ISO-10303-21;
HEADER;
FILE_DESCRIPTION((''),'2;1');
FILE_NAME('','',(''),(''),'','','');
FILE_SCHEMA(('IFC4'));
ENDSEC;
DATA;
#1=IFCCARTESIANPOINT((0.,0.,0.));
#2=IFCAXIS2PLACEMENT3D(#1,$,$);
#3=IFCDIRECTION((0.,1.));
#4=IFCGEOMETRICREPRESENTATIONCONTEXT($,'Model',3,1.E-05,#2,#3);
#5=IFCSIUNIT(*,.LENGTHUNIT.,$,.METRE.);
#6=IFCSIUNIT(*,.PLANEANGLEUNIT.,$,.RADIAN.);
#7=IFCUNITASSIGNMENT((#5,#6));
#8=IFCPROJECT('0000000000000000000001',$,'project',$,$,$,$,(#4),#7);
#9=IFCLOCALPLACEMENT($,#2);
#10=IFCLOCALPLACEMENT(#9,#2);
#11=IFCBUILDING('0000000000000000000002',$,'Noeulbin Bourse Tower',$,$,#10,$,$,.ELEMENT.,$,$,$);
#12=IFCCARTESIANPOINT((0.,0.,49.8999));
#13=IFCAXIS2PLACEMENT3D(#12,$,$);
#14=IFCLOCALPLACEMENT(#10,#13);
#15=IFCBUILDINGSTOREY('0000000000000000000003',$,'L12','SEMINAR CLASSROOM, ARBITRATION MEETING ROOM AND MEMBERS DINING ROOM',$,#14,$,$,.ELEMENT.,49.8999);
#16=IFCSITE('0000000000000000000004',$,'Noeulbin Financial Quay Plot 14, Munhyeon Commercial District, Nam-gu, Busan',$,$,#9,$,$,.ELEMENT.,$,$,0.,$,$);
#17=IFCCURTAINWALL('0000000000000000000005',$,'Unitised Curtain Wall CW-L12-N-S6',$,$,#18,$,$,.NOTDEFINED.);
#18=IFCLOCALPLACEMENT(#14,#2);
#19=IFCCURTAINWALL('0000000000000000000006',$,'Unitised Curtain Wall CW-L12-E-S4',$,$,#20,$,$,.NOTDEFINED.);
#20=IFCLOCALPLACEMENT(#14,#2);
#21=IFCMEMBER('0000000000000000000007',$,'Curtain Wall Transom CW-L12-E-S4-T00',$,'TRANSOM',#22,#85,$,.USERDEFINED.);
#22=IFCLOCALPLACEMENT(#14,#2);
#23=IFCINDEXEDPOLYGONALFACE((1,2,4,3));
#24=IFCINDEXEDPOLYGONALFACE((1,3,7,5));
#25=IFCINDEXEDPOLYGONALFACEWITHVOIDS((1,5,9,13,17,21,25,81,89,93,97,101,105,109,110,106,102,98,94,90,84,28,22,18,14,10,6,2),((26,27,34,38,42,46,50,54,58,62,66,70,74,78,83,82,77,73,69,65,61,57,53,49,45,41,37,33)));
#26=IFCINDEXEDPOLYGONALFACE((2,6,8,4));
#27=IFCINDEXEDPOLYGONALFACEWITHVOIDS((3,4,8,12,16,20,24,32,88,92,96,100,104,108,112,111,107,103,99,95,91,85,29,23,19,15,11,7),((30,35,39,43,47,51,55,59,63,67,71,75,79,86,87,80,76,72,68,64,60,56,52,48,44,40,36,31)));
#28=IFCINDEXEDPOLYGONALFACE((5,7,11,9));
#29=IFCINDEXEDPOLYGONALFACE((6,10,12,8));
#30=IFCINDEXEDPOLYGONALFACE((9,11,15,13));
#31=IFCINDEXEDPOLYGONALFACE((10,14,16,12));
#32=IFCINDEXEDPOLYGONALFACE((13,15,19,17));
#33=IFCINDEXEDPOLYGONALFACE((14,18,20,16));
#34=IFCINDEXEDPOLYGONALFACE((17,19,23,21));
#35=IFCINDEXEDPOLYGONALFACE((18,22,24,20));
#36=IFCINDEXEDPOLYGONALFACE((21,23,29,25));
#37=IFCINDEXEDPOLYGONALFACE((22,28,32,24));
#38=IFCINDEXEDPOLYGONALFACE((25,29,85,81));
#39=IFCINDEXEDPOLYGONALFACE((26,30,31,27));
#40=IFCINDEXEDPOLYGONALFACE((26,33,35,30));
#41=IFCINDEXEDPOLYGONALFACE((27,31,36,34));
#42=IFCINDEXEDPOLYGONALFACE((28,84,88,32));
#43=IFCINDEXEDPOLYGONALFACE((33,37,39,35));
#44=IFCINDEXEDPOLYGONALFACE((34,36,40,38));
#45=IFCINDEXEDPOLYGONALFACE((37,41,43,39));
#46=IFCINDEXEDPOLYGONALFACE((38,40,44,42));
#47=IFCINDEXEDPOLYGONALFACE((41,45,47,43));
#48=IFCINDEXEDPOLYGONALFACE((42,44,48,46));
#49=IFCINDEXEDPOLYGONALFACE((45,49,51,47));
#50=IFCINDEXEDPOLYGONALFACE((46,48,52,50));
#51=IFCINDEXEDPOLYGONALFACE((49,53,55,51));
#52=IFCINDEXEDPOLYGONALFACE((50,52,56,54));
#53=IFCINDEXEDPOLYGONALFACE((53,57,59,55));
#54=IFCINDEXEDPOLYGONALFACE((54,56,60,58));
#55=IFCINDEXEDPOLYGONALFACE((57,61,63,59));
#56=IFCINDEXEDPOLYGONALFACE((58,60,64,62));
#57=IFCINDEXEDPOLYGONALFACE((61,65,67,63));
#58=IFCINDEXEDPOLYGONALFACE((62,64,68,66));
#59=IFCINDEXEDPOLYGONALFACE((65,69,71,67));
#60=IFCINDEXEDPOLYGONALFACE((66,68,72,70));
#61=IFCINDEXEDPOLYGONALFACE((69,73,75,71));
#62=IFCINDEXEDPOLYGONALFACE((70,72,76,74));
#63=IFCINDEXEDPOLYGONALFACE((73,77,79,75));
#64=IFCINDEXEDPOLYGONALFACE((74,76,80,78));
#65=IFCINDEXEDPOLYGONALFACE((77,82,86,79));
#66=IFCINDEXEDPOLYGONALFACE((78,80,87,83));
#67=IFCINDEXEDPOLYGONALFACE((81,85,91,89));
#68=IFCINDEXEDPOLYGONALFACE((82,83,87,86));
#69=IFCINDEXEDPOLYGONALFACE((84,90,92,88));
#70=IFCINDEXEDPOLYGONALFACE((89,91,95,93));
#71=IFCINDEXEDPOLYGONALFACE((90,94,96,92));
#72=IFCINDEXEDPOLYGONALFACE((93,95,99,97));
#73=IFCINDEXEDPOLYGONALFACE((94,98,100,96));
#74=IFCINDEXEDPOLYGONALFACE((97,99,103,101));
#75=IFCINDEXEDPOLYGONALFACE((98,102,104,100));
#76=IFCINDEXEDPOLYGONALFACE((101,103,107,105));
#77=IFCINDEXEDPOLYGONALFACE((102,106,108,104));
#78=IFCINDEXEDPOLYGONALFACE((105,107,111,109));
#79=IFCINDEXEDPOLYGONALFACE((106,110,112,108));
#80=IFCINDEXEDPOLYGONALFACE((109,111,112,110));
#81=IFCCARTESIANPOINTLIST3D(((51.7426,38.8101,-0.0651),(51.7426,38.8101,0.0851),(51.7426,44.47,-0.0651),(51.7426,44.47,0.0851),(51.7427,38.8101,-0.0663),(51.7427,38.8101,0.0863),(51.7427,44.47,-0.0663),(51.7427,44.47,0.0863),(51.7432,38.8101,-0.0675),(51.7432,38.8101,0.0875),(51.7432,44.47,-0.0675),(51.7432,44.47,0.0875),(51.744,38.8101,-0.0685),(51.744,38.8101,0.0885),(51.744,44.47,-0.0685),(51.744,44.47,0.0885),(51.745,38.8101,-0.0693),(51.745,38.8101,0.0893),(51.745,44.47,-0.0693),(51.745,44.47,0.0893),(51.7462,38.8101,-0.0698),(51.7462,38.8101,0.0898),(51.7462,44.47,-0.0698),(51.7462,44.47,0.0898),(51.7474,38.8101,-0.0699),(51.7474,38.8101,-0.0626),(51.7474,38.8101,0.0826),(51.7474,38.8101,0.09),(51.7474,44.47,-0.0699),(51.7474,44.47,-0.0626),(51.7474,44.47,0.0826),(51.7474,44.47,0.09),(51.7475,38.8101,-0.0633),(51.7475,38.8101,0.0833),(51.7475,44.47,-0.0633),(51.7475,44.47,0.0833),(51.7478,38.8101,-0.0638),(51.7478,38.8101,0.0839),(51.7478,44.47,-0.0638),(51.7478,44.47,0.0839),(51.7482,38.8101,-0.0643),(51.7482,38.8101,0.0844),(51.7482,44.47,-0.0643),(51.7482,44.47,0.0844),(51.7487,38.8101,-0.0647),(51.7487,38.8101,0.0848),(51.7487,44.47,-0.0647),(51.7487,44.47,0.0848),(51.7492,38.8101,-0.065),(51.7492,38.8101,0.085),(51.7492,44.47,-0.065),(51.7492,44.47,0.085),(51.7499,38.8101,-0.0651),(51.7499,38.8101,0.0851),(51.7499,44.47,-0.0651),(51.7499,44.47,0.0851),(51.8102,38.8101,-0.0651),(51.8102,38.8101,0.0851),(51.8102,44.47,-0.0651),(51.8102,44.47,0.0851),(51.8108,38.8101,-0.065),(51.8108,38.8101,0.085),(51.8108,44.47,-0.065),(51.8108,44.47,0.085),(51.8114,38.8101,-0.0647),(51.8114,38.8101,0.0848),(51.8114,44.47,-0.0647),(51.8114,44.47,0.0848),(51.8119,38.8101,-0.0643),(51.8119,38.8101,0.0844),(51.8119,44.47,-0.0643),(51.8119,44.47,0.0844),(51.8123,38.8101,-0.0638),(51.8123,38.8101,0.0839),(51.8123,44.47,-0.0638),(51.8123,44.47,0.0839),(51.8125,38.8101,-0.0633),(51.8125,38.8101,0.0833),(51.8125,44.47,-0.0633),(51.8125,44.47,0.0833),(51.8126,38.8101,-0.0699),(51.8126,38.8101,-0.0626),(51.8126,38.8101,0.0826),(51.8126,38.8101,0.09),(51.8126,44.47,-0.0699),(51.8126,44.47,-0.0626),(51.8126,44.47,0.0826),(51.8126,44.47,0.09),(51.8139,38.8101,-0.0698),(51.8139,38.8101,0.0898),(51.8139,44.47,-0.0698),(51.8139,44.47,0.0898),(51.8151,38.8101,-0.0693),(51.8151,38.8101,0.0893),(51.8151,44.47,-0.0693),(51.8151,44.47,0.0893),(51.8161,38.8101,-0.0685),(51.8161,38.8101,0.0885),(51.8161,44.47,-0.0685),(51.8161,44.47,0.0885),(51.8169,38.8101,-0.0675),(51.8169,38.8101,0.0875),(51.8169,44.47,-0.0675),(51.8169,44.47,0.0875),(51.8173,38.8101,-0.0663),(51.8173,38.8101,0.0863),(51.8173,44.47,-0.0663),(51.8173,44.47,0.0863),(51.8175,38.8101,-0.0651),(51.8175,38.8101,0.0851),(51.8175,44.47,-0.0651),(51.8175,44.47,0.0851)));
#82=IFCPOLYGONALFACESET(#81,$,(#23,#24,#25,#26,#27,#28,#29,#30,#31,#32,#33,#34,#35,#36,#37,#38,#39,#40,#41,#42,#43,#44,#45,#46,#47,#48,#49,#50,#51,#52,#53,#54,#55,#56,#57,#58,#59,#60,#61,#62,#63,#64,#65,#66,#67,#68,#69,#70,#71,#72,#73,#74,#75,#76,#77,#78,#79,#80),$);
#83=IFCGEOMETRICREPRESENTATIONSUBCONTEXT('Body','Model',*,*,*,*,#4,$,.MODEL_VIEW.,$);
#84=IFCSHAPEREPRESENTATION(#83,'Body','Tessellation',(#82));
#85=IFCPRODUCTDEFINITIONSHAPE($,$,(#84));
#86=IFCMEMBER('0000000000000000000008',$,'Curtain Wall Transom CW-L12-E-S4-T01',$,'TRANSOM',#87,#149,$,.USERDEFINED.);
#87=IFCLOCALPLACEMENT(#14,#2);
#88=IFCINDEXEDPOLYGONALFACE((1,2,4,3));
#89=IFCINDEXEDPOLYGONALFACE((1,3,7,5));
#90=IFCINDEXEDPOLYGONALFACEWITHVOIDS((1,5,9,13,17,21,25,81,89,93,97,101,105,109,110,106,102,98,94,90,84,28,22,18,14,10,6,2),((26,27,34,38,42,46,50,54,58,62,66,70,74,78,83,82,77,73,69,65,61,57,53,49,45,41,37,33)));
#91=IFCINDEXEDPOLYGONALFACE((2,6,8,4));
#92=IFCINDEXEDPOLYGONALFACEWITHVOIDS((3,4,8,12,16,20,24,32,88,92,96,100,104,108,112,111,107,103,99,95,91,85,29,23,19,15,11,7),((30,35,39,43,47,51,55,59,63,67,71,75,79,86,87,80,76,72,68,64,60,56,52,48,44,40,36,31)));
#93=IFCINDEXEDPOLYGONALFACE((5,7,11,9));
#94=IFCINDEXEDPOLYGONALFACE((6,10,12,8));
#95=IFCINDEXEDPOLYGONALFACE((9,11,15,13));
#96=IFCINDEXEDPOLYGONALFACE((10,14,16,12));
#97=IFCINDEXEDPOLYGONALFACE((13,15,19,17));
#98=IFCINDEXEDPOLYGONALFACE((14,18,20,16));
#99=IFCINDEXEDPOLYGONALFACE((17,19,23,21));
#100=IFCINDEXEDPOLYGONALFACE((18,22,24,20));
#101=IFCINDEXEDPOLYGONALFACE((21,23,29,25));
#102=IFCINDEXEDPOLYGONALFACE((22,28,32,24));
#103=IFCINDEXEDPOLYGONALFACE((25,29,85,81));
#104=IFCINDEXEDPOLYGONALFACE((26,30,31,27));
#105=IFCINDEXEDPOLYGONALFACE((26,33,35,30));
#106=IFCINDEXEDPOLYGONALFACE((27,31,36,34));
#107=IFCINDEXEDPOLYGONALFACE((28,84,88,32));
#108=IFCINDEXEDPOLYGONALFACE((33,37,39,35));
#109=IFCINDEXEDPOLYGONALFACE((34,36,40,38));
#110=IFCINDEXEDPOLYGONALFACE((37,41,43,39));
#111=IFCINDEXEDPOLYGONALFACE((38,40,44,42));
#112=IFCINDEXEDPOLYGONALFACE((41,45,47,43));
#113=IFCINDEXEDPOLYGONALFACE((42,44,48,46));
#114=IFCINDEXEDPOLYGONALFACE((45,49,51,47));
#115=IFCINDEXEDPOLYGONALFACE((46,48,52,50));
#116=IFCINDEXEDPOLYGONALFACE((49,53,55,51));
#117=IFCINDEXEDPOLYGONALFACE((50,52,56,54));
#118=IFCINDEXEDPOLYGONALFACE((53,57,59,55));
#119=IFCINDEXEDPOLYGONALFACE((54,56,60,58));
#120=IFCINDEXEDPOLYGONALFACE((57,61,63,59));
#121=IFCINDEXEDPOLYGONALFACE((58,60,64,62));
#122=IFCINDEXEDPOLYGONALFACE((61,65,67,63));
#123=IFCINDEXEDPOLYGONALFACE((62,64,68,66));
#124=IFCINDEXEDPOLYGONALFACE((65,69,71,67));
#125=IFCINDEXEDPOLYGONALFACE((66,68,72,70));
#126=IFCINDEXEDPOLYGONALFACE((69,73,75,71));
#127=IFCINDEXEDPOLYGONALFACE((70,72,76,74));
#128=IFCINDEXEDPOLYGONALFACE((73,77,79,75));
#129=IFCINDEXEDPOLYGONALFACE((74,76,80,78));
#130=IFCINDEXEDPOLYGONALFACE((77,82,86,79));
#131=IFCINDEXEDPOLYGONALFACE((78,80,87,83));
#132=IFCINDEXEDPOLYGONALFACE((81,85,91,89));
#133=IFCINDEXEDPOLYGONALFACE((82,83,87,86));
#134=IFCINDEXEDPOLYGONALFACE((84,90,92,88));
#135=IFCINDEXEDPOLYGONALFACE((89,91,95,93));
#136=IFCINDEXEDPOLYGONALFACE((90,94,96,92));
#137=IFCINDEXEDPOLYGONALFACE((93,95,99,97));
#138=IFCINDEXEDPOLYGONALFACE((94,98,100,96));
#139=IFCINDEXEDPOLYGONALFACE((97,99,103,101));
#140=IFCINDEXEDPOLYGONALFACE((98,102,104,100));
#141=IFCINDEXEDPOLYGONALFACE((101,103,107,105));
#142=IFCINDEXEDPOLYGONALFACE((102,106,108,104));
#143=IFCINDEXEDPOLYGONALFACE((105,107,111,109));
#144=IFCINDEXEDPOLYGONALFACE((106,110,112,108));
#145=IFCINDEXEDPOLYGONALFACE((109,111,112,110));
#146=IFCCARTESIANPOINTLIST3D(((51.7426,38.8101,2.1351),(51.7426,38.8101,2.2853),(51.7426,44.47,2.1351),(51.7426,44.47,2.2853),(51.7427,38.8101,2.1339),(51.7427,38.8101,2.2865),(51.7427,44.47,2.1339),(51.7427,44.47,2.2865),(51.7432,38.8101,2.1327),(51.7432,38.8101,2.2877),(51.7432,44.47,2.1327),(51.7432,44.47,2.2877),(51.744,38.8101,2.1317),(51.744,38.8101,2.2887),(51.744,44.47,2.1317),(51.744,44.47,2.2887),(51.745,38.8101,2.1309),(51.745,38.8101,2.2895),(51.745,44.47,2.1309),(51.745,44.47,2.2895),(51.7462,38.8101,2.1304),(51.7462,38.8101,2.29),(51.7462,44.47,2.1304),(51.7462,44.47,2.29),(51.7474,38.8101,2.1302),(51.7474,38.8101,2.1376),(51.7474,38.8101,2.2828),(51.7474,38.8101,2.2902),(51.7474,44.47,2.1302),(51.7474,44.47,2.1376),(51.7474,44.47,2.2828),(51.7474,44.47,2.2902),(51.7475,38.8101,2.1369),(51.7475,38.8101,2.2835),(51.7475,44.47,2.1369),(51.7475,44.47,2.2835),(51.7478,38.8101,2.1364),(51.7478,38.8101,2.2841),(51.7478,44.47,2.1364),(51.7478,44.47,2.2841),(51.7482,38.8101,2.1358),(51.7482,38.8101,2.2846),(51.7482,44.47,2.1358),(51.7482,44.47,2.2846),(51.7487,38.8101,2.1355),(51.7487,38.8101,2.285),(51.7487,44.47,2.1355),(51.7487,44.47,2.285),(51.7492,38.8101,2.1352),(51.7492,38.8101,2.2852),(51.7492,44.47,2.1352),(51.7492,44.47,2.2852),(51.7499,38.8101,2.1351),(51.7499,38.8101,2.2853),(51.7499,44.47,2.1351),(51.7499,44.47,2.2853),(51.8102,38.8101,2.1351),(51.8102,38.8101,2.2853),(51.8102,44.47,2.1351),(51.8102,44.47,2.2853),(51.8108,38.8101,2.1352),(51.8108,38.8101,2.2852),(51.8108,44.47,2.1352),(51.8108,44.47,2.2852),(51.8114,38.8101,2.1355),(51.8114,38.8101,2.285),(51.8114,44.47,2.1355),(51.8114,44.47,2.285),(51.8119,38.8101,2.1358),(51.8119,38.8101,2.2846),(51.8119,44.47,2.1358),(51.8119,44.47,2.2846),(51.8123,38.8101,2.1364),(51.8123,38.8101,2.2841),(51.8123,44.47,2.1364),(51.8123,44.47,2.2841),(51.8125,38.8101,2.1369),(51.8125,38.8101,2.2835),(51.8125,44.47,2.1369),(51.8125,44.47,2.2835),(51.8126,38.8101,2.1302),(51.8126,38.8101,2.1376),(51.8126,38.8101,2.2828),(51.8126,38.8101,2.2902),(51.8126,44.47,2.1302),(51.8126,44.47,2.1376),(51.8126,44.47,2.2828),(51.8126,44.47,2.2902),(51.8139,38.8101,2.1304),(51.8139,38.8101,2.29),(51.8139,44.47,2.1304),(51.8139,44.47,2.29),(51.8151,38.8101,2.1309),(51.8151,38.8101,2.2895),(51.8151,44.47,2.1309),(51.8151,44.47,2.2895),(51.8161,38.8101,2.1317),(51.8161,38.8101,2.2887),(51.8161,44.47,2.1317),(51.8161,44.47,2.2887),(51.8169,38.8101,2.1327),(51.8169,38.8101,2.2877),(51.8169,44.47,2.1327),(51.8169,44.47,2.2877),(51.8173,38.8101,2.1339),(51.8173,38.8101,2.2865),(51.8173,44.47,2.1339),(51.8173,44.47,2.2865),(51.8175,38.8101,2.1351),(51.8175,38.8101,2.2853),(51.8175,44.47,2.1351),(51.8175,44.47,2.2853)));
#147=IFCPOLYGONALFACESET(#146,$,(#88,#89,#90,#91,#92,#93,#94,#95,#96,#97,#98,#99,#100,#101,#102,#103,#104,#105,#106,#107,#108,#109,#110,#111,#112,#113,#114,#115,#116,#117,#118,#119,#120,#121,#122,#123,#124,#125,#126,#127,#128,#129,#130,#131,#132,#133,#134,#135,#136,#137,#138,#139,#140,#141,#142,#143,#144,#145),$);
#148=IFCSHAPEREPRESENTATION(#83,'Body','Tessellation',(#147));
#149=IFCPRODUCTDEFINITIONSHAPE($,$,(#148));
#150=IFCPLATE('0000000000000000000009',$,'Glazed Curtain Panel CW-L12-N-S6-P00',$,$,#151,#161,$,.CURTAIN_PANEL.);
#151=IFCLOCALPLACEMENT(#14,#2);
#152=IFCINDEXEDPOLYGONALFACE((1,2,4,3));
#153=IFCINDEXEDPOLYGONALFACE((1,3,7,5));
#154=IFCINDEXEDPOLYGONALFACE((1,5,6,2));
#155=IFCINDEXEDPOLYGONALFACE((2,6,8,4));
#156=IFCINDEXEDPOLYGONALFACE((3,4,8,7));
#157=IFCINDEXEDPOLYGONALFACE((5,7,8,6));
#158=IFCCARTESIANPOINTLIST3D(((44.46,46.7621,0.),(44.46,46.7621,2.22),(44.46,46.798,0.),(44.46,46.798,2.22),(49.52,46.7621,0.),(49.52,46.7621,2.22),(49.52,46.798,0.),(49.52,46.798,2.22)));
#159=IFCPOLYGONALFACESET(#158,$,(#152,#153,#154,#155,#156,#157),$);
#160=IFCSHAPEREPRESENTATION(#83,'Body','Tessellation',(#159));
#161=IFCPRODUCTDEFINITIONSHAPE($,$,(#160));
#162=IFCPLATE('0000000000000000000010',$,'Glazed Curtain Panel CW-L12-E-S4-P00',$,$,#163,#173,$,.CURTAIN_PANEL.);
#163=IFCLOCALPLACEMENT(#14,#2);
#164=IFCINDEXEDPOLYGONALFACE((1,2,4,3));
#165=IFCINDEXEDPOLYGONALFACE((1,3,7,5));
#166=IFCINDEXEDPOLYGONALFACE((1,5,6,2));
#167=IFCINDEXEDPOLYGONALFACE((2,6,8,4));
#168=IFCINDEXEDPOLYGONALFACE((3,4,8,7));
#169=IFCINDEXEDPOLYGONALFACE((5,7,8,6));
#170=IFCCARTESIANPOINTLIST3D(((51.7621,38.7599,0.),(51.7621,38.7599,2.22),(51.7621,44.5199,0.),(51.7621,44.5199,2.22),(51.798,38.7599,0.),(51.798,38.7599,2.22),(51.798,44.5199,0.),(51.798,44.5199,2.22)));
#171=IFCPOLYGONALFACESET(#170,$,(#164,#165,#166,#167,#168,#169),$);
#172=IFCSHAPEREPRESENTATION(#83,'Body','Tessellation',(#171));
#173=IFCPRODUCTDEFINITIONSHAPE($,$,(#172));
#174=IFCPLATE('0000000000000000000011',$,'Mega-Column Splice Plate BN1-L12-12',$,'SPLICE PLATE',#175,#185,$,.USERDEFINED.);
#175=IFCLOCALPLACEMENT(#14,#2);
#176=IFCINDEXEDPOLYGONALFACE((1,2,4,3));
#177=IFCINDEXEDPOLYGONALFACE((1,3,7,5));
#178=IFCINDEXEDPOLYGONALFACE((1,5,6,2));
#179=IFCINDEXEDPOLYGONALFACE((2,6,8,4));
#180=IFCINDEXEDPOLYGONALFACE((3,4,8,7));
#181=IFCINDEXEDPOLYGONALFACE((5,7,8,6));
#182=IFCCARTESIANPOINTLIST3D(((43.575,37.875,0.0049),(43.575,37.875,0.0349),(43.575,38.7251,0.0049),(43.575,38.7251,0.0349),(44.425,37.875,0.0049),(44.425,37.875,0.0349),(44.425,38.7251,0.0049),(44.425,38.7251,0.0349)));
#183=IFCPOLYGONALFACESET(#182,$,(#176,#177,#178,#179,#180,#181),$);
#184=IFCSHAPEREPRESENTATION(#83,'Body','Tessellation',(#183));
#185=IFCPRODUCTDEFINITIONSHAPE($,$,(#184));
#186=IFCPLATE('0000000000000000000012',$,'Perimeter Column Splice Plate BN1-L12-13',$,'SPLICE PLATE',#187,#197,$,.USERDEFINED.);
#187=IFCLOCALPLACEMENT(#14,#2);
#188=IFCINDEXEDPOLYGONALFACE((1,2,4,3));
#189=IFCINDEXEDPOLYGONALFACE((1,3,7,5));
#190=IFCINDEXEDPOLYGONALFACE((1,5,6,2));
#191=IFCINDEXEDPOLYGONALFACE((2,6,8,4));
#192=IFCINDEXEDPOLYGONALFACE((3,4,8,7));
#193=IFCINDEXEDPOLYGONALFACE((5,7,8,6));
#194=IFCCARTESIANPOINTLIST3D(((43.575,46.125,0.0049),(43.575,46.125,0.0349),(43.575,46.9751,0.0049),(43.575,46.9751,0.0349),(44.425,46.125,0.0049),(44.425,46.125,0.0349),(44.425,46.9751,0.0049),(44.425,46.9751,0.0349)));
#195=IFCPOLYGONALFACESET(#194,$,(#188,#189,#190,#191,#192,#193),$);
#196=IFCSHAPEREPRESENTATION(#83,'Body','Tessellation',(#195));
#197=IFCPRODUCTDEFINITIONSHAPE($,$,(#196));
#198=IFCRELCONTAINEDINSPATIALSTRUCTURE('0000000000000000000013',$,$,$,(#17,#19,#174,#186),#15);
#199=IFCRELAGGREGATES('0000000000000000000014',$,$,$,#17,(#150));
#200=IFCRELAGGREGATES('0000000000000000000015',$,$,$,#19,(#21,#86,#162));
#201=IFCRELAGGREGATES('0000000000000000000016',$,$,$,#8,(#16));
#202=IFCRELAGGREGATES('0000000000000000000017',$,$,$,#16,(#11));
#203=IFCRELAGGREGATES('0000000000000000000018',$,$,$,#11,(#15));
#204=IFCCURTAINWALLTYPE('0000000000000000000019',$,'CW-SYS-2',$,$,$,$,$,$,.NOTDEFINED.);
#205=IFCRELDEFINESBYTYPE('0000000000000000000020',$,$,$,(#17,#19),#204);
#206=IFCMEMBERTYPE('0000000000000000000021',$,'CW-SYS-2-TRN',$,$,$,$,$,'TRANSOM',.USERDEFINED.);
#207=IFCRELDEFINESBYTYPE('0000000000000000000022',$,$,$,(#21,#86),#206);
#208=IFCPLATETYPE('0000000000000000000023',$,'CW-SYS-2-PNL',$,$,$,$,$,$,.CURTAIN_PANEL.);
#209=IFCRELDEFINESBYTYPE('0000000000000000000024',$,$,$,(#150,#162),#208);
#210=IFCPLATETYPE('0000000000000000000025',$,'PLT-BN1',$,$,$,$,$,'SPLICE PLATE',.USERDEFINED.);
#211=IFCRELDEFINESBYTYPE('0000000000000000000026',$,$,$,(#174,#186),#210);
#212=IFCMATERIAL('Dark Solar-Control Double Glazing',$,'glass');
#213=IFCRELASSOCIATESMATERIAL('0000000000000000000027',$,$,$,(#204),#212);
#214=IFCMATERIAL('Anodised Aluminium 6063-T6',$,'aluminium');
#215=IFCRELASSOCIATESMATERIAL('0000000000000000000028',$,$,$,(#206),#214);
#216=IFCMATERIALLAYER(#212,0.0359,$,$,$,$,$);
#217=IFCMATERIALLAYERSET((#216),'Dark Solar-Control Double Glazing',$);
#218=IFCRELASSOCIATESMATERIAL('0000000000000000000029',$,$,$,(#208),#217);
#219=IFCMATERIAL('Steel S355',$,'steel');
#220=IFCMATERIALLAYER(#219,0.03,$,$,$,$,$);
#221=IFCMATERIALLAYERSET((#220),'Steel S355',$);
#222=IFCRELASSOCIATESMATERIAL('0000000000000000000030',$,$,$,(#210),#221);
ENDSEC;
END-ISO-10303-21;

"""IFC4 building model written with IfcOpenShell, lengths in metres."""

from ifc_helpers import new_model, si_unit, direction, frame, origin, origin_2d, place, context, subcontext, project, spatial, rectangle, hollow_rectangle, extrude, material, layer, layer_set, material_profile, profile_set, type_object, element, aggregate, save


model = new_model("IFC4")

# Units and contexts
model_context = context("Model", 3, precision=1e-05, world=origin(), true_north=direction((0.0, 1.0)))
body_context = subcontext(model_context, "Body", "Model", "MODEL_VIEW")
ifc_project = project(units=[si_unit("LENGTHUNIT", "METRE"), si_unit("PLANEANGLEUNIT", "RADIAN")], contexts=[model_context])

# Site, building, storey
site_placement = place(None, origin())
site = spatial("IfcSite", under=ifc_project, at=site_placement, Name="Noeulbin Financial Quay Plot 14, Munhyeon Commercial District, Nam-gu, Busan", CompositionType="ELEMENT", RefElevation=0.0)
building_placement = place(site_placement, origin())
building = spatial("IfcBuilding", under=site, at=building_placement, Name="Noeulbin Bourse Tower", CompositionType="ELEMENT")
storey_placement = place(building_placement, frame((0.0, 0.0, 49.8999)))
storey = spatial("IfcBuildingStorey", under=building, at=storey_placement, Name="L12", Description="SEMINAR CLASSROOM, ARBITRATION MEETING ROOM AND MEMBERS DINING ROOM", CompositionType="ELEMENT", Elevation=49.8999)

# Shared definitions
ifc_material_1 = material(Name="Steel S355", Category="steel")

# Shared definitions
ifc_material_2 = material(Name="Dark Solar-Control Double Glazing", Category="glass")
curtain_wall_type = type_object("IfcCurtainWallType", Name="CW-SYS-2", PredefinedType="NOTDEFINED", material=ifc_material_2)
ifc_material_3 = material(Name="Anodised Aluminium 6063-T6", Category="aluminium")

# Curtain wall
curtain_wall_1_placement = place(storey_placement, origin())
curtain_wall_1 = element("IfcCurtainWall", 1, at=curtain_wall_1_placement, inside=storey, type_object=curtain_wall_type, Name="Unitised Curtain Wall CW-L12-N-S6", PredefinedType="NOTDEFINED")

# Curtain wall
curtain_wall_2_placement = place(storey_placement, origin())
curtain_wall_2 = element("IfcCurtainWall", 2, at=curtain_wall_2_placement, inside=storey, type_object=curtain_wall_type, Name="Unitised Curtain Wall CW-L12-E-S4", PredefinedType="NOTDEFINED")

# Members
ifc_material_profile_1 = material_profile(ifc_material_3, hollow_rectangle(XDim=0.075, YDim=0.1599, WallThickness=0.0049, InnerFilletRadius=0.0024, OuterFilletRadius=0.0049, at=origin_2d()), Name="ALU-TRAN-75x160x5", Category="LoadBearing")
ifc_profile_set_1 = profile_set([ifc_material_profile_1], Name="Anodised Aluminium 6063-T6")
member_type_1 = type_object("IfcMemberType", Name="CW-SYS-2-TRN", ElementType="TRANSOM", PredefinedType="USERDEFINED", material=ifc_profile_set_1)
member_1_placement = place(storey_placement, frame((51.78, 38.8101, 0.01), z_axis=(0.0, 1.0, 0.0), x_axis=(-1.0, 0.0, 0.0)))
member_1 = element("IfcMember", 3, at=member_1_placement, type_object=member_type_1, Name="Curtain Wall Transom CW-L12-E-S4-T00", ObjectType="TRANSOM", PredefinedType="USERDEFINED", context=body_context, shape_type="SweptSolid", body=[
    extrude(hollow_rectangle(XDim=0.075, YDim=0.1599, WallThickness=0.0049, InnerFilletRadius=0.0024, OuterFilletRadius=0.0049, at=origin_2d()), origin(), (0.0, 0.0, 1.0), 5.6599),
])
member_2_placement = place(storey_placement, frame((51.78, 38.8101, 2.2102), z_axis=(0.0, 1.0, 0.0), x_axis=(-1.0, 0.0, 0.0)))
member_2 = element("IfcMember", 4, at=member_2_placement, type_object=member_type_1, Name="Curtain Wall Transom CW-L12-E-S4-T01", ObjectType="TRANSOM", PredefinedType="USERDEFINED", context=body_context, shape_type="SweptSolid", body=[
    extrude(hollow_rectangle(XDim=0.075, YDim=0.1599, WallThickness=0.0049, InnerFilletRadius=0.0024, OuterFilletRadius=0.0049, at=origin_2d()), origin(), (0.0, 0.0, 1.0), 5.6599),
])

# Plates
ifc_layer_1 = layer(ifc_material_2, 0.0359)
ifc_layer_set_1 = layer_set([ifc_layer_1], Name="Dark Solar-Control Double Glazing")
plate_type_1 = type_object("IfcPlateType", Name="CW-SYS-2-PNL", PredefinedType="CURTAIN_PANEL", material=ifc_layer_set_1)
plate_1_placement = place(storey_placement, frame((46.99, 46.78, 0.0), z_axis=(0.0, 0.0, 1.0), x_axis=(1.0, 0.0, 0.0)))
plate_1 = element("IfcPlate", 5, at=plate_1_placement, type_object=plate_type_1, Name="Glazed Curtain Panel CW-L12-N-S6-P00", PredefinedType="CURTAIN_PANEL", context=body_context, shape_type="SweptSolid", body=[
    extrude(rectangle(XDim=5.0601, YDim=0.0359, at=origin_2d()), origin(), (0.0, 0.0, 1.0), 2.22),
])
aggregate(curtain_wall_1, [plate_1])
plate_2_placement = place(storey_placement, frame((51.78, 41.6399, 0.0), z_axis=(0.0, 0.0, 1.0), x_axis=(0.0, 1.0, 0.0)))
plate_2 = element("IfcPlate", 6, at=plate_2_placement, type_object=plate_type_1, Name="Glazed Curtain Panel CW-L12-E-S4-P00", PredefinedType="CURTAIN_PANEL", context=body_context, shape_type="SweptSolid", body=[
    extrude(rectangle(XDim=5.76, YDim=0.0359, at=origin_2d()), origin(), (0.0, 0.0, 1.0), 2.22),
])
aggregate(curtain_wall_2, [member_1, member_2, plate_2])

# Plates
ifc_layer_2 = layer(ifc_material_1, 0.03)
ifc_layer_set_2 = layer_set([ifc_layer_2], Name="Steel S355")
plate_type_2 = type_object("IfcPlateType", Name="PLT-BN1", ElementType="SPLICE PLATE", PredefinedType="USERDEFINED", material=ifc_layer_set_2)
for number, where, z_axis, x_axis, name in (
    (7, (44.0, 38.3, 0.0049), (0.0, 0.0, 1.0), (1.0, 0.0, 0.0), "Mega-Column Splice Plate BN1-L12-12"),
    (8, (44.0, 46.55, 0.0049), (0.0, 0.0, 1.0), (1.0, 0.0, 0.0), "Perimeter Column Splice Plate BN1-L12-13"),
):
    element("IfcPlate", number, at=place(storey_placement, frame(where, z_axis=z_axis, x_axis=x_axis)), inside=storey, type_object=plate_type_2, Name=name, ObjectType="SPLICE PLATE", PredefinedType="USERDEFINED", context=body_context, shape_type="SweptSolid", body=[
        extrude(rectangle(XDim=0.8501, YDim=0.8501, at=origin_2d()), origin(), (0.0, 0.0, 1.0), 0.03),
    ])

save(model, "model.ifc")
